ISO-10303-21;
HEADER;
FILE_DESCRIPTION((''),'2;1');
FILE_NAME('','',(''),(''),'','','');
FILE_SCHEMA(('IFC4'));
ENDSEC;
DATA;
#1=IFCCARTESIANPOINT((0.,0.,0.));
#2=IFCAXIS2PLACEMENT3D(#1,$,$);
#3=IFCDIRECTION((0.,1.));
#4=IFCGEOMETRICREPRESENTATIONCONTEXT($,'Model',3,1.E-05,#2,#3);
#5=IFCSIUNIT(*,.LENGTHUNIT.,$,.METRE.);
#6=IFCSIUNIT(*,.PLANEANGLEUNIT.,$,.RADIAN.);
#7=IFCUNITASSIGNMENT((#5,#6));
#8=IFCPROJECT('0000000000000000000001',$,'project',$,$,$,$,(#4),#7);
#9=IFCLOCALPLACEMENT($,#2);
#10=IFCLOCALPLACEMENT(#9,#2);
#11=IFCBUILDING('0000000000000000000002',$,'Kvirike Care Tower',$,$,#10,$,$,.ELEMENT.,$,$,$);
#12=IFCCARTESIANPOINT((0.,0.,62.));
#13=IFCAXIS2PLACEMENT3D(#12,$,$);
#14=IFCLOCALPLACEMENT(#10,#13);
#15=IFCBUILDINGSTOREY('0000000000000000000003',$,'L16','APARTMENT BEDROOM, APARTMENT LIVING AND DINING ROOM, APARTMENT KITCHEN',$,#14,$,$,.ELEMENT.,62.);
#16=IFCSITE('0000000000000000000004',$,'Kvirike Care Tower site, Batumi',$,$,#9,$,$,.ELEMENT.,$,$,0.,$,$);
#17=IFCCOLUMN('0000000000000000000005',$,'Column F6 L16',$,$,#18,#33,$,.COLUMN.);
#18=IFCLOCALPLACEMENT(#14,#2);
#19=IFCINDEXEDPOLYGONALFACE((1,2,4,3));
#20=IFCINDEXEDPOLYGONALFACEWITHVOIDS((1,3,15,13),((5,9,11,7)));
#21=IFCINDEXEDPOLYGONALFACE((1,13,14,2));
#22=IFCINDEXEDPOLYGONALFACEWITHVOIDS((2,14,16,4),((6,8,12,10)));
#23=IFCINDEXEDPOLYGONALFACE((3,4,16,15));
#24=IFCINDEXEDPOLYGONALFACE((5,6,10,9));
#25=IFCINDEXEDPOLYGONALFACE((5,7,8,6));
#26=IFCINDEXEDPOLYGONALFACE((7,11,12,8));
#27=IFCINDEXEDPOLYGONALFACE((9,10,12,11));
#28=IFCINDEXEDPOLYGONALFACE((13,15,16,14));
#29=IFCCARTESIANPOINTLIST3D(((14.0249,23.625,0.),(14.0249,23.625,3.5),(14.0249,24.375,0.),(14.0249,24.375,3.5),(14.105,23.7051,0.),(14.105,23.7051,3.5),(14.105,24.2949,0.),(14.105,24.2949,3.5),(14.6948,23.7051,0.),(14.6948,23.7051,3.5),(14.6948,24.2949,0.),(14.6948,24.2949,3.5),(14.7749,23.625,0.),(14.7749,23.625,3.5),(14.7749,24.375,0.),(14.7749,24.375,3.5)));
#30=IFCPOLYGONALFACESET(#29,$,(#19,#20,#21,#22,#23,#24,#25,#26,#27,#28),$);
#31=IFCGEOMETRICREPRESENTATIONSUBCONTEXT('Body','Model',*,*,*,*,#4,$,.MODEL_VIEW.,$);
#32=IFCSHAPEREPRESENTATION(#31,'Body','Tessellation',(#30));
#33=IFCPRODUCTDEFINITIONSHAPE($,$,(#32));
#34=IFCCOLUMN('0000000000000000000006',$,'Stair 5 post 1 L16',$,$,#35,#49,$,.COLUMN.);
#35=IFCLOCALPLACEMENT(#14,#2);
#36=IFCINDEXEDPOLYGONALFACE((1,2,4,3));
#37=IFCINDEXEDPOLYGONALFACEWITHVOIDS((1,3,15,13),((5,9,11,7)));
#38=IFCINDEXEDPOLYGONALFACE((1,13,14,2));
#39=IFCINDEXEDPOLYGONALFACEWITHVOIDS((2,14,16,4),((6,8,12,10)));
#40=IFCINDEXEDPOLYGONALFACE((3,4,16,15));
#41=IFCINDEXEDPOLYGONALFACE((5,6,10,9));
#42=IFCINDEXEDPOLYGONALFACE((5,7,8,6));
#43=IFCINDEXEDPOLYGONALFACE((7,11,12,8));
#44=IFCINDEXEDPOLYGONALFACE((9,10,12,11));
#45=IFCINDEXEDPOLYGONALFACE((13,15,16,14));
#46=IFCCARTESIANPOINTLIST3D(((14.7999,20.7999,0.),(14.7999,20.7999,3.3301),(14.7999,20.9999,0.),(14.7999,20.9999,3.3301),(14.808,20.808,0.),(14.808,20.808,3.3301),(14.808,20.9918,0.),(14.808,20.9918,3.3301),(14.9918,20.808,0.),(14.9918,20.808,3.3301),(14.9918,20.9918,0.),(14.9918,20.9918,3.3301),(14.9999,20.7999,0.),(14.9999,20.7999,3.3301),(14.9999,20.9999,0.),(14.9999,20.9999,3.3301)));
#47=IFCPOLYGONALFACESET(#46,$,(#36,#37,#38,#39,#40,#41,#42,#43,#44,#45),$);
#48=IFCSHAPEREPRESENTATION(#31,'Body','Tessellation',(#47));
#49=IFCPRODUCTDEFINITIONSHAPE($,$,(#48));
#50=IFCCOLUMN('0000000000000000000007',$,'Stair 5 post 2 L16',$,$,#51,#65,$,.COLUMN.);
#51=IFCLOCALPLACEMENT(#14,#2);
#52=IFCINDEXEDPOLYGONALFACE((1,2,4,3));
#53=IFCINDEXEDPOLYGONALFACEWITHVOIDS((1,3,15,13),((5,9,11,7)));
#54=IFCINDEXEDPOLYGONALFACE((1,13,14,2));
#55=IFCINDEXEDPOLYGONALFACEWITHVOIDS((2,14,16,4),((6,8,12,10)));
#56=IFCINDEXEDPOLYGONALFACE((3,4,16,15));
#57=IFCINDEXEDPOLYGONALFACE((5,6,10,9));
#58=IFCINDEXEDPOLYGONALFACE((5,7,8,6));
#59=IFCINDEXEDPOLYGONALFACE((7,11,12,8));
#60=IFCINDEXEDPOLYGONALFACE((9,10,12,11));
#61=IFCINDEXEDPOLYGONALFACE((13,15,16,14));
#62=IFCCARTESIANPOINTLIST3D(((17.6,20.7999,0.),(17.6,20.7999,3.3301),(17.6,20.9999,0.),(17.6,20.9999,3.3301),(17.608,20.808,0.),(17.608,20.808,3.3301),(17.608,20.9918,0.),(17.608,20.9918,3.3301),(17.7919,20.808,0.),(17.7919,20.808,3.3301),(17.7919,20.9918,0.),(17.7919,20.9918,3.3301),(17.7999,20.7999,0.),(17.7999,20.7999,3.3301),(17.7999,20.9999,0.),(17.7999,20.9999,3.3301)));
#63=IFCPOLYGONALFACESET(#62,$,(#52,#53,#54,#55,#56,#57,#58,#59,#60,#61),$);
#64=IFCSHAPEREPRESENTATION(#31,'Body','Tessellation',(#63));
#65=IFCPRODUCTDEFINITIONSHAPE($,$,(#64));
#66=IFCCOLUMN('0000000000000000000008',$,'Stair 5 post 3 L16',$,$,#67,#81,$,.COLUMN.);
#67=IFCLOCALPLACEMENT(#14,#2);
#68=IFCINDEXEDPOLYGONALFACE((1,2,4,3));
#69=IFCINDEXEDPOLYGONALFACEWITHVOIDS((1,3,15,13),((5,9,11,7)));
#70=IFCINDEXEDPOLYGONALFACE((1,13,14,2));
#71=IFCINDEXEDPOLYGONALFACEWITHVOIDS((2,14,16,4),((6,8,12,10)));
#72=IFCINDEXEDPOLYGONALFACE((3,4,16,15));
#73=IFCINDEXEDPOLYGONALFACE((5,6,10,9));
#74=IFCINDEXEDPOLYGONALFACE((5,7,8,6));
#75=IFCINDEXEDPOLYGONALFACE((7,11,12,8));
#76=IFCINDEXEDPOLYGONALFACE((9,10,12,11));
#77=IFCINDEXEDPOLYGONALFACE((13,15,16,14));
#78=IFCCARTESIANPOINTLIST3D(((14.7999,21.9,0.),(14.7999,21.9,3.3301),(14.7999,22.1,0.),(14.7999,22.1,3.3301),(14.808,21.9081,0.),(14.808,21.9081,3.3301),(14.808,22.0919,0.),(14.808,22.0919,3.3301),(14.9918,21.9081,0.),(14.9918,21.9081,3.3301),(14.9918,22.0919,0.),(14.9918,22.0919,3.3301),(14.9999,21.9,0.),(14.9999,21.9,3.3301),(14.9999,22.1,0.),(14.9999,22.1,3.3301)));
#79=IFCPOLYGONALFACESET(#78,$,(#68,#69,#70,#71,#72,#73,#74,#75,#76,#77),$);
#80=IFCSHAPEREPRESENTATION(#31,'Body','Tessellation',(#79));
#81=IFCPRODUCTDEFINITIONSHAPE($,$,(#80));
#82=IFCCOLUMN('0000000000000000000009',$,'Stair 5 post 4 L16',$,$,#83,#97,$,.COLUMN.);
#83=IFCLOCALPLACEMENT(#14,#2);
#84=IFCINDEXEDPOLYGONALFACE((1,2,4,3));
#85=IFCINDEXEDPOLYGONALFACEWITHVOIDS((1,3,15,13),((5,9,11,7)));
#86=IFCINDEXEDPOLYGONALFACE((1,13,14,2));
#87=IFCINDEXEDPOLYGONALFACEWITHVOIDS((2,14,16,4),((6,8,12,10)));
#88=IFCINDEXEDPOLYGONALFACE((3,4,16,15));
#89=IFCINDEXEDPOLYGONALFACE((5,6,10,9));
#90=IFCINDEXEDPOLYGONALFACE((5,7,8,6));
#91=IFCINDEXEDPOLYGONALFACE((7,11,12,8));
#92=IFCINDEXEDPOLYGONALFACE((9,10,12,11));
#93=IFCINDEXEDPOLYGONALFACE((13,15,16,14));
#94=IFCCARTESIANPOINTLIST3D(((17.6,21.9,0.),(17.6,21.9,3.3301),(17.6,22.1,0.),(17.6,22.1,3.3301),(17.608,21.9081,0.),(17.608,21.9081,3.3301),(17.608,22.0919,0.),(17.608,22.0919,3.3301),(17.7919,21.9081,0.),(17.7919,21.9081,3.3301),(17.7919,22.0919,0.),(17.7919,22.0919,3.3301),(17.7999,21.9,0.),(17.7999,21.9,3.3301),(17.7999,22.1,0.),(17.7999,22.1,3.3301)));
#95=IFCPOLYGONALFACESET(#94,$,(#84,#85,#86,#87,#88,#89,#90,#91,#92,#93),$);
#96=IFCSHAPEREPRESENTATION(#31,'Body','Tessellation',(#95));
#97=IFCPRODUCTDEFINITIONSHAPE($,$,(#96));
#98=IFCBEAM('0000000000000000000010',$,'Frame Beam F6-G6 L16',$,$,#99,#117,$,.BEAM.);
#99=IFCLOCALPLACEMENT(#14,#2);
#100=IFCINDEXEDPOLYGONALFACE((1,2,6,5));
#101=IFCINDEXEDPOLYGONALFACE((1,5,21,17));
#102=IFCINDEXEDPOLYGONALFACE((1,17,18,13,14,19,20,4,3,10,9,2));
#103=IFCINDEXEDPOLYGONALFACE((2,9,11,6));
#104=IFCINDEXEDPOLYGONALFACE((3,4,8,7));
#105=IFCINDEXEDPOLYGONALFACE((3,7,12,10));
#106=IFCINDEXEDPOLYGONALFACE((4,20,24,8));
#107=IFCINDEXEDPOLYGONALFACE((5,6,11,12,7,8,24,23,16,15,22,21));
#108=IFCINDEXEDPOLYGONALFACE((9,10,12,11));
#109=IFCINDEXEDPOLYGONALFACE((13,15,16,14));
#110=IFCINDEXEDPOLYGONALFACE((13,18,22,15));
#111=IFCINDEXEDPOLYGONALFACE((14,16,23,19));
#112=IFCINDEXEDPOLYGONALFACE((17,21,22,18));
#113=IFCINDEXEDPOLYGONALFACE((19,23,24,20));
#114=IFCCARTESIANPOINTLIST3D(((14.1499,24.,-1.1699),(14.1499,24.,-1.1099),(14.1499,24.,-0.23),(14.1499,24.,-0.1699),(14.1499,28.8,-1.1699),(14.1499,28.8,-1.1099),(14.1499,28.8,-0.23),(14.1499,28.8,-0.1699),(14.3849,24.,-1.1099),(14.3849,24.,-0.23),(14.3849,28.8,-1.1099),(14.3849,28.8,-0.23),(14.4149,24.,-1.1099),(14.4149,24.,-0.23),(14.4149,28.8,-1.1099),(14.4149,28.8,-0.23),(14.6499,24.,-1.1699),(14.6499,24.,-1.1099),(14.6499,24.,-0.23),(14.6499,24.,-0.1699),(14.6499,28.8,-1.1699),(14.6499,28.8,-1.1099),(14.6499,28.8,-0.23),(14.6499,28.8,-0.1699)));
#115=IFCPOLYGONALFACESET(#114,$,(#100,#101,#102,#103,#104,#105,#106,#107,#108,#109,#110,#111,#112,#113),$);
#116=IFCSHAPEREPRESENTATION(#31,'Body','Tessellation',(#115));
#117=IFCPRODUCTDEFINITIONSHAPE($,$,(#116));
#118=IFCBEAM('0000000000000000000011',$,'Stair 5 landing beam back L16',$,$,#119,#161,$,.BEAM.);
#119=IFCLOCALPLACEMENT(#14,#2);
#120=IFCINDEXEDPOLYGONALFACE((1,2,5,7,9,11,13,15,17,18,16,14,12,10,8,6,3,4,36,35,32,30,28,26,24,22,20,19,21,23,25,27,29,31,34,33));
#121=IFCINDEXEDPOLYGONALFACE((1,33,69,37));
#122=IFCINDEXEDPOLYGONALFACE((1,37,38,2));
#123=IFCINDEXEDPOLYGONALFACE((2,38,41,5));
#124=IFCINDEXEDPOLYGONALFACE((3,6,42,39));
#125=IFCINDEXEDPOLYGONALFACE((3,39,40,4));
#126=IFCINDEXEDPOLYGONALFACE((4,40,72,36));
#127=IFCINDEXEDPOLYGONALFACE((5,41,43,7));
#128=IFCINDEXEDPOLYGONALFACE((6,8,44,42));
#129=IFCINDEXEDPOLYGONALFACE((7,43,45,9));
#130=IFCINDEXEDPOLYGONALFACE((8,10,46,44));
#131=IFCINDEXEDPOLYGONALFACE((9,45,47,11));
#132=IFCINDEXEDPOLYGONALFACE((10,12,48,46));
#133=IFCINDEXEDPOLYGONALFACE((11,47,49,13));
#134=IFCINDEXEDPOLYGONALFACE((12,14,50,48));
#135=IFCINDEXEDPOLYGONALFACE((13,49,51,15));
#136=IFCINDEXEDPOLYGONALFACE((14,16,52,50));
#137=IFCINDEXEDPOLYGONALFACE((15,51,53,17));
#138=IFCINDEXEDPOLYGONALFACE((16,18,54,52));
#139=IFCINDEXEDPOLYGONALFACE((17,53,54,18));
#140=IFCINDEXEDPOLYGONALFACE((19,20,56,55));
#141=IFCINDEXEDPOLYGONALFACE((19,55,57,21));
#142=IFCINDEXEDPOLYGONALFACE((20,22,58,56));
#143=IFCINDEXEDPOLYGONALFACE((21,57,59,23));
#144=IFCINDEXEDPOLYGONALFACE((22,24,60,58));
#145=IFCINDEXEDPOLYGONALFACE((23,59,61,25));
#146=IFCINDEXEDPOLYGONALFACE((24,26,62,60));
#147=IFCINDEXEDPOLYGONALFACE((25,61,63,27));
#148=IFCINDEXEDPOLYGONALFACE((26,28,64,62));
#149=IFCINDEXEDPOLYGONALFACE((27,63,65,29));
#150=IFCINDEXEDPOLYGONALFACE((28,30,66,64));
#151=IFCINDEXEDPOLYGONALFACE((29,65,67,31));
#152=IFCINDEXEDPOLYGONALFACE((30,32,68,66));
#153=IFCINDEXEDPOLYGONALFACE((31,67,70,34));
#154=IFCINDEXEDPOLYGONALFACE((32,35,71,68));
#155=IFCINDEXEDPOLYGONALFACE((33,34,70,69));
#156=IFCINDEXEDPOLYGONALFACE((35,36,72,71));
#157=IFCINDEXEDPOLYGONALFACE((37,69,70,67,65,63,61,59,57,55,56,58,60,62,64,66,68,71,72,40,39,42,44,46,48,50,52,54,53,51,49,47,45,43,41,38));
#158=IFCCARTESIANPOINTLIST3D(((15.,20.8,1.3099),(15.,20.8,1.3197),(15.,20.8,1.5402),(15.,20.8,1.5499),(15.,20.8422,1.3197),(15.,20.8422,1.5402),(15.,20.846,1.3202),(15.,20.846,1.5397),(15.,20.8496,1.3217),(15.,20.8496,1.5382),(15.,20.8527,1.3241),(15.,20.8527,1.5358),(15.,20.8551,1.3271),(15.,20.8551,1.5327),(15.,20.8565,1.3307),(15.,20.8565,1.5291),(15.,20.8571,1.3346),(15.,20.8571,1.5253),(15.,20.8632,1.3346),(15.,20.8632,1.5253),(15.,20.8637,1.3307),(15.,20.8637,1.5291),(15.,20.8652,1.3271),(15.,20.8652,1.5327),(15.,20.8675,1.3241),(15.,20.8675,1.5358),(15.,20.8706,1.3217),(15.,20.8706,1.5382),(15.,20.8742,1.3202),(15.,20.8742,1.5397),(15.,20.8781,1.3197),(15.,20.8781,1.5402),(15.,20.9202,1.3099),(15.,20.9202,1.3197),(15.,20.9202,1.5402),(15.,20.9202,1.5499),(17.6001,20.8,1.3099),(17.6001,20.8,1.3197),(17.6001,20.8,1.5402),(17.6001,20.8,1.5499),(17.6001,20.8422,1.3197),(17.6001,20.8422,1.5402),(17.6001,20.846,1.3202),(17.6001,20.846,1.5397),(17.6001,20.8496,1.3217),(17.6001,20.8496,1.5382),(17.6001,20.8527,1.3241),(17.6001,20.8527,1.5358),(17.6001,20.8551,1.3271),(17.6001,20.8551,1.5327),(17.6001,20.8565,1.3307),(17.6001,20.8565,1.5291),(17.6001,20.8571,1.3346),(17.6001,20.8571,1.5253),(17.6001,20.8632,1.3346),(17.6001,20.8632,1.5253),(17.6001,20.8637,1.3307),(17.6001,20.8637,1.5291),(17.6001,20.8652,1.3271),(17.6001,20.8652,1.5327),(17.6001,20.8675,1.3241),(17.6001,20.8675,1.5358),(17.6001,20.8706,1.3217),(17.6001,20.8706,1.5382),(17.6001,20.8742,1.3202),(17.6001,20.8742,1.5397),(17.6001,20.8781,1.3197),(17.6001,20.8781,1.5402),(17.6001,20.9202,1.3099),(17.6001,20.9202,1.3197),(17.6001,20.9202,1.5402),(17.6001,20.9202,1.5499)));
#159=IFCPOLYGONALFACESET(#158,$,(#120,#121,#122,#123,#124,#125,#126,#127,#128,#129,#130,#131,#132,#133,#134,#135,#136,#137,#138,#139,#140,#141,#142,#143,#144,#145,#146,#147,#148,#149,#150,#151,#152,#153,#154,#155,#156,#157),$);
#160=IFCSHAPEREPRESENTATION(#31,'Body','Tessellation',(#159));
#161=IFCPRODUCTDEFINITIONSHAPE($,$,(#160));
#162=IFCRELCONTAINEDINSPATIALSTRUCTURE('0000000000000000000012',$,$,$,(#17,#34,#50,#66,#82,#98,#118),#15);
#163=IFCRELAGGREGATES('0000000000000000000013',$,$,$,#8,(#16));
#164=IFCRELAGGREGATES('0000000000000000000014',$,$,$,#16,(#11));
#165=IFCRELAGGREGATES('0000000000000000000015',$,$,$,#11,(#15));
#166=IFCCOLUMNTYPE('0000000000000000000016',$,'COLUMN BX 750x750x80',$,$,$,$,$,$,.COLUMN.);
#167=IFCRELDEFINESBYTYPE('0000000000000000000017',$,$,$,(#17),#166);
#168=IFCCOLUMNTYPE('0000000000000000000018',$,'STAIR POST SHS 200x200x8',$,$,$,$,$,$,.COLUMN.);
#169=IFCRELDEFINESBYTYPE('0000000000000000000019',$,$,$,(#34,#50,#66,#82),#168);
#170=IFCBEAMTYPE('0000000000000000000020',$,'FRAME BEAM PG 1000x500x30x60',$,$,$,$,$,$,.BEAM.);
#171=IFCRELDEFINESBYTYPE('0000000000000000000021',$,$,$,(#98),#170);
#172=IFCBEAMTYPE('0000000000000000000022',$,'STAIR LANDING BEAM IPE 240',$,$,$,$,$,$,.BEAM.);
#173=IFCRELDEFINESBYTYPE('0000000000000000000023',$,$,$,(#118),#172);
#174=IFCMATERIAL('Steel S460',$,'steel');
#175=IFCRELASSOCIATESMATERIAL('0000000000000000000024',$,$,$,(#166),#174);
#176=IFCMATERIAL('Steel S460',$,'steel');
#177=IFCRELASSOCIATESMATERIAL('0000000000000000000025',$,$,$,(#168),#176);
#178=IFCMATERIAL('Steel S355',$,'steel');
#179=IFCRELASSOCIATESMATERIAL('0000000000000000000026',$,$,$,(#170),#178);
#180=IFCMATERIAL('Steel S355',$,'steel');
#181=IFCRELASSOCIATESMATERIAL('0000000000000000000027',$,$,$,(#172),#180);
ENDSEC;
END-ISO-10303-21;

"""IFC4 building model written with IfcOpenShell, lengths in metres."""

from ifc_helpers import new_model, si_unit, direction, frame, origin, origin_2d, place, context, subcontext, project, spatial, hollow_rectangle, i_section, extrude, material, material_profile, profile_set, type_object, element, save


model = new_model("IFC4")

# Units and contexts
model_context = context("Model", 3, precision=1e-05, world=origin(), true_north=direction((0.0, 1.0)))
body_context = subcontext(model_context, "Body", "Model", "MODEL_VIEW")
ifc_project = project(units=[si_unit("LENGTHUNIT", "METRE"), si_unit("PLANEANGLEUNIT", "RADIAN")], contexts=[model_context])

# Site, building, storey
site_placement = place(None, origin())
site = spatial("IfcSite", under=ifc_project, at=site_placement, Name="Kvirike Care Tower site, Batumi", CompositionType="ELEMENT", RefElevation=0.0)
building_placement = place(site_placement, origin())
building = spatial("IfcBuilding", under=site, at=building_placement, Name="Kvirike Care Tower", CompositionType="ELEMENT")
storey_placement = place(building_placement, frame((0.0, 0.0, 62.0)))
storey = spatial("IfcBuildingStorey", under=building, at=storey_placement, Name="L16", Description="APARTMENT BEDROOM, APARTMENT LIVING AND DINING ROOM, APARTMENT KITCHEN", CompositionType="ELEMENT", Elevation=62.0)

# Columns
ifc_material_1 = material(Name="Steel S460", Category="steel")
ifc_material_profile_1 = material_profile(ifc_material_1, hollow_rectangle(XDim=0.75, YDim=0.75, WallThickness=0.0801, at=origin_2d()), Name="BX 750x750x80")
ifc_profile_set_1 = profile_set([ifc_material_profile_1], Name="Steel S460")
column_type_1 = type_object("IfcColumnType", Name="COLUMN BX 750x750x80", PredefinedType="COLUMN", material=ifc_profile_set_1)
column_placement = place(storey_placement, frame((14.3999, 24.0, 0.0), z_axis=(0.0, 0.0, 1.0), x_axis=(1.0, 0.0, 0.0)))
element("IfcColumn", 1, at=column_placement, inside=storey, type_object=column_type_1, Name="Column F6 L16", PredefinedType="COLUMN", context=body_context, shape_type="SweptSolid", body=[
    extrude(hollow_rectangle(XDim=0.75, YDim=0.75, WallThickness=0.0801, at=origin_2d()), origin(), (0.0, 0.0, 1.0), 3.5),
])
ifc_material_2 = material(Name="Steel S460", Category="steel")
ifc_material_profile_2 = material_profile(ifc_material_2, hollow_rectangle(XDim=0.2, YDim=0.2, WallThickness=0.0081, at=origin_2d()), Name="SHS 200x200x8")
ifc_profile_set_2 = profile_set([ifc_material_profile_2], Name="Steel S460")
column_type_2 = type_object("IfcColumnType", Name="STAIR POST SHS 200x200x8", PredefinedType="COLUMN", material=ifc_profile_set_2)
for number, where, z_axis, x_axis, name in (
    (2, (14.8999, 20.8999, 0.0), (0.0, 0.0, 1.0), (1.0, 0.0, 0.0), "Stair 5 post 1 L16"),
    (3, (17.7, 20.8999, 0.0), (0.0, 0.0, 1.0), (1.0, 0.0, 0.0), "Stair 5 post 2 L16"),
    (4, (14.8999, 22.0, 0.0), (0.0, 0.0, 1.0), (1.0, 0.0, 0.0), "Stair 5 post 3 L16"),
    (5, (17.7, 22.0, 0.0), (0.0, 0.0, 1.0), (1.0, 0.0, 0.0), "Stair 5 post 4 L16"),
):
    element("IfcColumn", number, at=place(storey_placement, frame(where, z_axis=z_axis, x_axis=x_axis)), inside=storey, type_object=column_type_2, Name=name, PredefinedType="COLUMN", context=body_context, shape_type="SweptSolid", body=[
        extrude(hollow_rectangle(XDim=0.2, YDim=0.2, WallThickness=0.0081, at=origin_2d()), origin(), (0.0, 0.0, 1.0), 3.3301),
    ])

# Beams
ifc_material_3 = material(Name="Steel S355", Category="steel")
ifc_material_profile_3 = material_profile(ifc_material_3, i_section(OverallWidth=0.5, OverallDepth=1.0, WebThickness=0.03, FlangeThickness=0.0601, at=origin_2d()), Name="PG 1000x500x30x60")
ifc_profile_set_3 = profile_set([ifc_material_profile_3], Name="Steel S355")
beam_type_1 = type_object("IfcBeamType", Name="FRAME BEAM PG 1000x500x30x60", PredefinedType="BEAM", material=ifc_profile_set_3)
beam_placement = place(storey_placement, frame((14.3999, 24.0, -0.6699), z_axis=(0.0, 1.0, 0.0), x_axis=(-1.0, 0.0, 0.0)))
element("IfcBeam", 6, at=beam_placement, inside=storey, type_object=beam_type_1, Name="Frame Beam F6-G6 L16", PredefinedType="BEAM", context=body_context, shape_type="SweptSolid", body=[
    extrude(i_section(OverallWidth=0.5, OverallDepth=1.0, WebThickness=0.03, FlangeThickness=0.0601, at=origin_2d()), origin(), (0.0, 0.0, 1.0), 4.8),
])
ifc_material_4 = material(Name="Steel S355", Category="steel")
ifc_material_profile_4 = material_profile(ifc_material_4, i_section(OverallWidth=0.1201, OverallDepth=0.24, WebThickness=0.0061, FlangeThickness=0.0098, FilletRadius=0.0149, at=origin_2d()), Name="IPE 240")
ifc_profile_set_4 = profile_set([ifc_material_profile_4], Name="Steel S355")
beam_type_2 = type_object("IfcBeamType", Name="STAIR LANDING BEAM IPE 240", PredefinedType="BEAM", material=ifc_profile_set_4)
for number, where, z_axis, x_axis, name in (
    (7, (15.0, 20.8601, 1.4299), (1.0, 0.0, 0.0), (0.0, 1.0, 0.0), "Stair 5 landing beam back L16"),
):
    element("IfcBeam", number, at=place(storey_placement, frame(where, z_axis=z_axis, x_axis=x_axis)), inside=storey, type_object=beam_type_2, Name=name, PredefinedType="BEAM", context=body_context, shape_type="SweptSolid", body=[
        extrude(i_section(OverallWidth=0.1201, OverallDepth=0.24, WebThickness=0.0061, FlangeThickness=0.0098, FilletRadius=0.0149, at=origin_2d()), origin(), (0.0, 0.0, 1.0), 2.6001),
    ])

save(model, "model.ifc")
